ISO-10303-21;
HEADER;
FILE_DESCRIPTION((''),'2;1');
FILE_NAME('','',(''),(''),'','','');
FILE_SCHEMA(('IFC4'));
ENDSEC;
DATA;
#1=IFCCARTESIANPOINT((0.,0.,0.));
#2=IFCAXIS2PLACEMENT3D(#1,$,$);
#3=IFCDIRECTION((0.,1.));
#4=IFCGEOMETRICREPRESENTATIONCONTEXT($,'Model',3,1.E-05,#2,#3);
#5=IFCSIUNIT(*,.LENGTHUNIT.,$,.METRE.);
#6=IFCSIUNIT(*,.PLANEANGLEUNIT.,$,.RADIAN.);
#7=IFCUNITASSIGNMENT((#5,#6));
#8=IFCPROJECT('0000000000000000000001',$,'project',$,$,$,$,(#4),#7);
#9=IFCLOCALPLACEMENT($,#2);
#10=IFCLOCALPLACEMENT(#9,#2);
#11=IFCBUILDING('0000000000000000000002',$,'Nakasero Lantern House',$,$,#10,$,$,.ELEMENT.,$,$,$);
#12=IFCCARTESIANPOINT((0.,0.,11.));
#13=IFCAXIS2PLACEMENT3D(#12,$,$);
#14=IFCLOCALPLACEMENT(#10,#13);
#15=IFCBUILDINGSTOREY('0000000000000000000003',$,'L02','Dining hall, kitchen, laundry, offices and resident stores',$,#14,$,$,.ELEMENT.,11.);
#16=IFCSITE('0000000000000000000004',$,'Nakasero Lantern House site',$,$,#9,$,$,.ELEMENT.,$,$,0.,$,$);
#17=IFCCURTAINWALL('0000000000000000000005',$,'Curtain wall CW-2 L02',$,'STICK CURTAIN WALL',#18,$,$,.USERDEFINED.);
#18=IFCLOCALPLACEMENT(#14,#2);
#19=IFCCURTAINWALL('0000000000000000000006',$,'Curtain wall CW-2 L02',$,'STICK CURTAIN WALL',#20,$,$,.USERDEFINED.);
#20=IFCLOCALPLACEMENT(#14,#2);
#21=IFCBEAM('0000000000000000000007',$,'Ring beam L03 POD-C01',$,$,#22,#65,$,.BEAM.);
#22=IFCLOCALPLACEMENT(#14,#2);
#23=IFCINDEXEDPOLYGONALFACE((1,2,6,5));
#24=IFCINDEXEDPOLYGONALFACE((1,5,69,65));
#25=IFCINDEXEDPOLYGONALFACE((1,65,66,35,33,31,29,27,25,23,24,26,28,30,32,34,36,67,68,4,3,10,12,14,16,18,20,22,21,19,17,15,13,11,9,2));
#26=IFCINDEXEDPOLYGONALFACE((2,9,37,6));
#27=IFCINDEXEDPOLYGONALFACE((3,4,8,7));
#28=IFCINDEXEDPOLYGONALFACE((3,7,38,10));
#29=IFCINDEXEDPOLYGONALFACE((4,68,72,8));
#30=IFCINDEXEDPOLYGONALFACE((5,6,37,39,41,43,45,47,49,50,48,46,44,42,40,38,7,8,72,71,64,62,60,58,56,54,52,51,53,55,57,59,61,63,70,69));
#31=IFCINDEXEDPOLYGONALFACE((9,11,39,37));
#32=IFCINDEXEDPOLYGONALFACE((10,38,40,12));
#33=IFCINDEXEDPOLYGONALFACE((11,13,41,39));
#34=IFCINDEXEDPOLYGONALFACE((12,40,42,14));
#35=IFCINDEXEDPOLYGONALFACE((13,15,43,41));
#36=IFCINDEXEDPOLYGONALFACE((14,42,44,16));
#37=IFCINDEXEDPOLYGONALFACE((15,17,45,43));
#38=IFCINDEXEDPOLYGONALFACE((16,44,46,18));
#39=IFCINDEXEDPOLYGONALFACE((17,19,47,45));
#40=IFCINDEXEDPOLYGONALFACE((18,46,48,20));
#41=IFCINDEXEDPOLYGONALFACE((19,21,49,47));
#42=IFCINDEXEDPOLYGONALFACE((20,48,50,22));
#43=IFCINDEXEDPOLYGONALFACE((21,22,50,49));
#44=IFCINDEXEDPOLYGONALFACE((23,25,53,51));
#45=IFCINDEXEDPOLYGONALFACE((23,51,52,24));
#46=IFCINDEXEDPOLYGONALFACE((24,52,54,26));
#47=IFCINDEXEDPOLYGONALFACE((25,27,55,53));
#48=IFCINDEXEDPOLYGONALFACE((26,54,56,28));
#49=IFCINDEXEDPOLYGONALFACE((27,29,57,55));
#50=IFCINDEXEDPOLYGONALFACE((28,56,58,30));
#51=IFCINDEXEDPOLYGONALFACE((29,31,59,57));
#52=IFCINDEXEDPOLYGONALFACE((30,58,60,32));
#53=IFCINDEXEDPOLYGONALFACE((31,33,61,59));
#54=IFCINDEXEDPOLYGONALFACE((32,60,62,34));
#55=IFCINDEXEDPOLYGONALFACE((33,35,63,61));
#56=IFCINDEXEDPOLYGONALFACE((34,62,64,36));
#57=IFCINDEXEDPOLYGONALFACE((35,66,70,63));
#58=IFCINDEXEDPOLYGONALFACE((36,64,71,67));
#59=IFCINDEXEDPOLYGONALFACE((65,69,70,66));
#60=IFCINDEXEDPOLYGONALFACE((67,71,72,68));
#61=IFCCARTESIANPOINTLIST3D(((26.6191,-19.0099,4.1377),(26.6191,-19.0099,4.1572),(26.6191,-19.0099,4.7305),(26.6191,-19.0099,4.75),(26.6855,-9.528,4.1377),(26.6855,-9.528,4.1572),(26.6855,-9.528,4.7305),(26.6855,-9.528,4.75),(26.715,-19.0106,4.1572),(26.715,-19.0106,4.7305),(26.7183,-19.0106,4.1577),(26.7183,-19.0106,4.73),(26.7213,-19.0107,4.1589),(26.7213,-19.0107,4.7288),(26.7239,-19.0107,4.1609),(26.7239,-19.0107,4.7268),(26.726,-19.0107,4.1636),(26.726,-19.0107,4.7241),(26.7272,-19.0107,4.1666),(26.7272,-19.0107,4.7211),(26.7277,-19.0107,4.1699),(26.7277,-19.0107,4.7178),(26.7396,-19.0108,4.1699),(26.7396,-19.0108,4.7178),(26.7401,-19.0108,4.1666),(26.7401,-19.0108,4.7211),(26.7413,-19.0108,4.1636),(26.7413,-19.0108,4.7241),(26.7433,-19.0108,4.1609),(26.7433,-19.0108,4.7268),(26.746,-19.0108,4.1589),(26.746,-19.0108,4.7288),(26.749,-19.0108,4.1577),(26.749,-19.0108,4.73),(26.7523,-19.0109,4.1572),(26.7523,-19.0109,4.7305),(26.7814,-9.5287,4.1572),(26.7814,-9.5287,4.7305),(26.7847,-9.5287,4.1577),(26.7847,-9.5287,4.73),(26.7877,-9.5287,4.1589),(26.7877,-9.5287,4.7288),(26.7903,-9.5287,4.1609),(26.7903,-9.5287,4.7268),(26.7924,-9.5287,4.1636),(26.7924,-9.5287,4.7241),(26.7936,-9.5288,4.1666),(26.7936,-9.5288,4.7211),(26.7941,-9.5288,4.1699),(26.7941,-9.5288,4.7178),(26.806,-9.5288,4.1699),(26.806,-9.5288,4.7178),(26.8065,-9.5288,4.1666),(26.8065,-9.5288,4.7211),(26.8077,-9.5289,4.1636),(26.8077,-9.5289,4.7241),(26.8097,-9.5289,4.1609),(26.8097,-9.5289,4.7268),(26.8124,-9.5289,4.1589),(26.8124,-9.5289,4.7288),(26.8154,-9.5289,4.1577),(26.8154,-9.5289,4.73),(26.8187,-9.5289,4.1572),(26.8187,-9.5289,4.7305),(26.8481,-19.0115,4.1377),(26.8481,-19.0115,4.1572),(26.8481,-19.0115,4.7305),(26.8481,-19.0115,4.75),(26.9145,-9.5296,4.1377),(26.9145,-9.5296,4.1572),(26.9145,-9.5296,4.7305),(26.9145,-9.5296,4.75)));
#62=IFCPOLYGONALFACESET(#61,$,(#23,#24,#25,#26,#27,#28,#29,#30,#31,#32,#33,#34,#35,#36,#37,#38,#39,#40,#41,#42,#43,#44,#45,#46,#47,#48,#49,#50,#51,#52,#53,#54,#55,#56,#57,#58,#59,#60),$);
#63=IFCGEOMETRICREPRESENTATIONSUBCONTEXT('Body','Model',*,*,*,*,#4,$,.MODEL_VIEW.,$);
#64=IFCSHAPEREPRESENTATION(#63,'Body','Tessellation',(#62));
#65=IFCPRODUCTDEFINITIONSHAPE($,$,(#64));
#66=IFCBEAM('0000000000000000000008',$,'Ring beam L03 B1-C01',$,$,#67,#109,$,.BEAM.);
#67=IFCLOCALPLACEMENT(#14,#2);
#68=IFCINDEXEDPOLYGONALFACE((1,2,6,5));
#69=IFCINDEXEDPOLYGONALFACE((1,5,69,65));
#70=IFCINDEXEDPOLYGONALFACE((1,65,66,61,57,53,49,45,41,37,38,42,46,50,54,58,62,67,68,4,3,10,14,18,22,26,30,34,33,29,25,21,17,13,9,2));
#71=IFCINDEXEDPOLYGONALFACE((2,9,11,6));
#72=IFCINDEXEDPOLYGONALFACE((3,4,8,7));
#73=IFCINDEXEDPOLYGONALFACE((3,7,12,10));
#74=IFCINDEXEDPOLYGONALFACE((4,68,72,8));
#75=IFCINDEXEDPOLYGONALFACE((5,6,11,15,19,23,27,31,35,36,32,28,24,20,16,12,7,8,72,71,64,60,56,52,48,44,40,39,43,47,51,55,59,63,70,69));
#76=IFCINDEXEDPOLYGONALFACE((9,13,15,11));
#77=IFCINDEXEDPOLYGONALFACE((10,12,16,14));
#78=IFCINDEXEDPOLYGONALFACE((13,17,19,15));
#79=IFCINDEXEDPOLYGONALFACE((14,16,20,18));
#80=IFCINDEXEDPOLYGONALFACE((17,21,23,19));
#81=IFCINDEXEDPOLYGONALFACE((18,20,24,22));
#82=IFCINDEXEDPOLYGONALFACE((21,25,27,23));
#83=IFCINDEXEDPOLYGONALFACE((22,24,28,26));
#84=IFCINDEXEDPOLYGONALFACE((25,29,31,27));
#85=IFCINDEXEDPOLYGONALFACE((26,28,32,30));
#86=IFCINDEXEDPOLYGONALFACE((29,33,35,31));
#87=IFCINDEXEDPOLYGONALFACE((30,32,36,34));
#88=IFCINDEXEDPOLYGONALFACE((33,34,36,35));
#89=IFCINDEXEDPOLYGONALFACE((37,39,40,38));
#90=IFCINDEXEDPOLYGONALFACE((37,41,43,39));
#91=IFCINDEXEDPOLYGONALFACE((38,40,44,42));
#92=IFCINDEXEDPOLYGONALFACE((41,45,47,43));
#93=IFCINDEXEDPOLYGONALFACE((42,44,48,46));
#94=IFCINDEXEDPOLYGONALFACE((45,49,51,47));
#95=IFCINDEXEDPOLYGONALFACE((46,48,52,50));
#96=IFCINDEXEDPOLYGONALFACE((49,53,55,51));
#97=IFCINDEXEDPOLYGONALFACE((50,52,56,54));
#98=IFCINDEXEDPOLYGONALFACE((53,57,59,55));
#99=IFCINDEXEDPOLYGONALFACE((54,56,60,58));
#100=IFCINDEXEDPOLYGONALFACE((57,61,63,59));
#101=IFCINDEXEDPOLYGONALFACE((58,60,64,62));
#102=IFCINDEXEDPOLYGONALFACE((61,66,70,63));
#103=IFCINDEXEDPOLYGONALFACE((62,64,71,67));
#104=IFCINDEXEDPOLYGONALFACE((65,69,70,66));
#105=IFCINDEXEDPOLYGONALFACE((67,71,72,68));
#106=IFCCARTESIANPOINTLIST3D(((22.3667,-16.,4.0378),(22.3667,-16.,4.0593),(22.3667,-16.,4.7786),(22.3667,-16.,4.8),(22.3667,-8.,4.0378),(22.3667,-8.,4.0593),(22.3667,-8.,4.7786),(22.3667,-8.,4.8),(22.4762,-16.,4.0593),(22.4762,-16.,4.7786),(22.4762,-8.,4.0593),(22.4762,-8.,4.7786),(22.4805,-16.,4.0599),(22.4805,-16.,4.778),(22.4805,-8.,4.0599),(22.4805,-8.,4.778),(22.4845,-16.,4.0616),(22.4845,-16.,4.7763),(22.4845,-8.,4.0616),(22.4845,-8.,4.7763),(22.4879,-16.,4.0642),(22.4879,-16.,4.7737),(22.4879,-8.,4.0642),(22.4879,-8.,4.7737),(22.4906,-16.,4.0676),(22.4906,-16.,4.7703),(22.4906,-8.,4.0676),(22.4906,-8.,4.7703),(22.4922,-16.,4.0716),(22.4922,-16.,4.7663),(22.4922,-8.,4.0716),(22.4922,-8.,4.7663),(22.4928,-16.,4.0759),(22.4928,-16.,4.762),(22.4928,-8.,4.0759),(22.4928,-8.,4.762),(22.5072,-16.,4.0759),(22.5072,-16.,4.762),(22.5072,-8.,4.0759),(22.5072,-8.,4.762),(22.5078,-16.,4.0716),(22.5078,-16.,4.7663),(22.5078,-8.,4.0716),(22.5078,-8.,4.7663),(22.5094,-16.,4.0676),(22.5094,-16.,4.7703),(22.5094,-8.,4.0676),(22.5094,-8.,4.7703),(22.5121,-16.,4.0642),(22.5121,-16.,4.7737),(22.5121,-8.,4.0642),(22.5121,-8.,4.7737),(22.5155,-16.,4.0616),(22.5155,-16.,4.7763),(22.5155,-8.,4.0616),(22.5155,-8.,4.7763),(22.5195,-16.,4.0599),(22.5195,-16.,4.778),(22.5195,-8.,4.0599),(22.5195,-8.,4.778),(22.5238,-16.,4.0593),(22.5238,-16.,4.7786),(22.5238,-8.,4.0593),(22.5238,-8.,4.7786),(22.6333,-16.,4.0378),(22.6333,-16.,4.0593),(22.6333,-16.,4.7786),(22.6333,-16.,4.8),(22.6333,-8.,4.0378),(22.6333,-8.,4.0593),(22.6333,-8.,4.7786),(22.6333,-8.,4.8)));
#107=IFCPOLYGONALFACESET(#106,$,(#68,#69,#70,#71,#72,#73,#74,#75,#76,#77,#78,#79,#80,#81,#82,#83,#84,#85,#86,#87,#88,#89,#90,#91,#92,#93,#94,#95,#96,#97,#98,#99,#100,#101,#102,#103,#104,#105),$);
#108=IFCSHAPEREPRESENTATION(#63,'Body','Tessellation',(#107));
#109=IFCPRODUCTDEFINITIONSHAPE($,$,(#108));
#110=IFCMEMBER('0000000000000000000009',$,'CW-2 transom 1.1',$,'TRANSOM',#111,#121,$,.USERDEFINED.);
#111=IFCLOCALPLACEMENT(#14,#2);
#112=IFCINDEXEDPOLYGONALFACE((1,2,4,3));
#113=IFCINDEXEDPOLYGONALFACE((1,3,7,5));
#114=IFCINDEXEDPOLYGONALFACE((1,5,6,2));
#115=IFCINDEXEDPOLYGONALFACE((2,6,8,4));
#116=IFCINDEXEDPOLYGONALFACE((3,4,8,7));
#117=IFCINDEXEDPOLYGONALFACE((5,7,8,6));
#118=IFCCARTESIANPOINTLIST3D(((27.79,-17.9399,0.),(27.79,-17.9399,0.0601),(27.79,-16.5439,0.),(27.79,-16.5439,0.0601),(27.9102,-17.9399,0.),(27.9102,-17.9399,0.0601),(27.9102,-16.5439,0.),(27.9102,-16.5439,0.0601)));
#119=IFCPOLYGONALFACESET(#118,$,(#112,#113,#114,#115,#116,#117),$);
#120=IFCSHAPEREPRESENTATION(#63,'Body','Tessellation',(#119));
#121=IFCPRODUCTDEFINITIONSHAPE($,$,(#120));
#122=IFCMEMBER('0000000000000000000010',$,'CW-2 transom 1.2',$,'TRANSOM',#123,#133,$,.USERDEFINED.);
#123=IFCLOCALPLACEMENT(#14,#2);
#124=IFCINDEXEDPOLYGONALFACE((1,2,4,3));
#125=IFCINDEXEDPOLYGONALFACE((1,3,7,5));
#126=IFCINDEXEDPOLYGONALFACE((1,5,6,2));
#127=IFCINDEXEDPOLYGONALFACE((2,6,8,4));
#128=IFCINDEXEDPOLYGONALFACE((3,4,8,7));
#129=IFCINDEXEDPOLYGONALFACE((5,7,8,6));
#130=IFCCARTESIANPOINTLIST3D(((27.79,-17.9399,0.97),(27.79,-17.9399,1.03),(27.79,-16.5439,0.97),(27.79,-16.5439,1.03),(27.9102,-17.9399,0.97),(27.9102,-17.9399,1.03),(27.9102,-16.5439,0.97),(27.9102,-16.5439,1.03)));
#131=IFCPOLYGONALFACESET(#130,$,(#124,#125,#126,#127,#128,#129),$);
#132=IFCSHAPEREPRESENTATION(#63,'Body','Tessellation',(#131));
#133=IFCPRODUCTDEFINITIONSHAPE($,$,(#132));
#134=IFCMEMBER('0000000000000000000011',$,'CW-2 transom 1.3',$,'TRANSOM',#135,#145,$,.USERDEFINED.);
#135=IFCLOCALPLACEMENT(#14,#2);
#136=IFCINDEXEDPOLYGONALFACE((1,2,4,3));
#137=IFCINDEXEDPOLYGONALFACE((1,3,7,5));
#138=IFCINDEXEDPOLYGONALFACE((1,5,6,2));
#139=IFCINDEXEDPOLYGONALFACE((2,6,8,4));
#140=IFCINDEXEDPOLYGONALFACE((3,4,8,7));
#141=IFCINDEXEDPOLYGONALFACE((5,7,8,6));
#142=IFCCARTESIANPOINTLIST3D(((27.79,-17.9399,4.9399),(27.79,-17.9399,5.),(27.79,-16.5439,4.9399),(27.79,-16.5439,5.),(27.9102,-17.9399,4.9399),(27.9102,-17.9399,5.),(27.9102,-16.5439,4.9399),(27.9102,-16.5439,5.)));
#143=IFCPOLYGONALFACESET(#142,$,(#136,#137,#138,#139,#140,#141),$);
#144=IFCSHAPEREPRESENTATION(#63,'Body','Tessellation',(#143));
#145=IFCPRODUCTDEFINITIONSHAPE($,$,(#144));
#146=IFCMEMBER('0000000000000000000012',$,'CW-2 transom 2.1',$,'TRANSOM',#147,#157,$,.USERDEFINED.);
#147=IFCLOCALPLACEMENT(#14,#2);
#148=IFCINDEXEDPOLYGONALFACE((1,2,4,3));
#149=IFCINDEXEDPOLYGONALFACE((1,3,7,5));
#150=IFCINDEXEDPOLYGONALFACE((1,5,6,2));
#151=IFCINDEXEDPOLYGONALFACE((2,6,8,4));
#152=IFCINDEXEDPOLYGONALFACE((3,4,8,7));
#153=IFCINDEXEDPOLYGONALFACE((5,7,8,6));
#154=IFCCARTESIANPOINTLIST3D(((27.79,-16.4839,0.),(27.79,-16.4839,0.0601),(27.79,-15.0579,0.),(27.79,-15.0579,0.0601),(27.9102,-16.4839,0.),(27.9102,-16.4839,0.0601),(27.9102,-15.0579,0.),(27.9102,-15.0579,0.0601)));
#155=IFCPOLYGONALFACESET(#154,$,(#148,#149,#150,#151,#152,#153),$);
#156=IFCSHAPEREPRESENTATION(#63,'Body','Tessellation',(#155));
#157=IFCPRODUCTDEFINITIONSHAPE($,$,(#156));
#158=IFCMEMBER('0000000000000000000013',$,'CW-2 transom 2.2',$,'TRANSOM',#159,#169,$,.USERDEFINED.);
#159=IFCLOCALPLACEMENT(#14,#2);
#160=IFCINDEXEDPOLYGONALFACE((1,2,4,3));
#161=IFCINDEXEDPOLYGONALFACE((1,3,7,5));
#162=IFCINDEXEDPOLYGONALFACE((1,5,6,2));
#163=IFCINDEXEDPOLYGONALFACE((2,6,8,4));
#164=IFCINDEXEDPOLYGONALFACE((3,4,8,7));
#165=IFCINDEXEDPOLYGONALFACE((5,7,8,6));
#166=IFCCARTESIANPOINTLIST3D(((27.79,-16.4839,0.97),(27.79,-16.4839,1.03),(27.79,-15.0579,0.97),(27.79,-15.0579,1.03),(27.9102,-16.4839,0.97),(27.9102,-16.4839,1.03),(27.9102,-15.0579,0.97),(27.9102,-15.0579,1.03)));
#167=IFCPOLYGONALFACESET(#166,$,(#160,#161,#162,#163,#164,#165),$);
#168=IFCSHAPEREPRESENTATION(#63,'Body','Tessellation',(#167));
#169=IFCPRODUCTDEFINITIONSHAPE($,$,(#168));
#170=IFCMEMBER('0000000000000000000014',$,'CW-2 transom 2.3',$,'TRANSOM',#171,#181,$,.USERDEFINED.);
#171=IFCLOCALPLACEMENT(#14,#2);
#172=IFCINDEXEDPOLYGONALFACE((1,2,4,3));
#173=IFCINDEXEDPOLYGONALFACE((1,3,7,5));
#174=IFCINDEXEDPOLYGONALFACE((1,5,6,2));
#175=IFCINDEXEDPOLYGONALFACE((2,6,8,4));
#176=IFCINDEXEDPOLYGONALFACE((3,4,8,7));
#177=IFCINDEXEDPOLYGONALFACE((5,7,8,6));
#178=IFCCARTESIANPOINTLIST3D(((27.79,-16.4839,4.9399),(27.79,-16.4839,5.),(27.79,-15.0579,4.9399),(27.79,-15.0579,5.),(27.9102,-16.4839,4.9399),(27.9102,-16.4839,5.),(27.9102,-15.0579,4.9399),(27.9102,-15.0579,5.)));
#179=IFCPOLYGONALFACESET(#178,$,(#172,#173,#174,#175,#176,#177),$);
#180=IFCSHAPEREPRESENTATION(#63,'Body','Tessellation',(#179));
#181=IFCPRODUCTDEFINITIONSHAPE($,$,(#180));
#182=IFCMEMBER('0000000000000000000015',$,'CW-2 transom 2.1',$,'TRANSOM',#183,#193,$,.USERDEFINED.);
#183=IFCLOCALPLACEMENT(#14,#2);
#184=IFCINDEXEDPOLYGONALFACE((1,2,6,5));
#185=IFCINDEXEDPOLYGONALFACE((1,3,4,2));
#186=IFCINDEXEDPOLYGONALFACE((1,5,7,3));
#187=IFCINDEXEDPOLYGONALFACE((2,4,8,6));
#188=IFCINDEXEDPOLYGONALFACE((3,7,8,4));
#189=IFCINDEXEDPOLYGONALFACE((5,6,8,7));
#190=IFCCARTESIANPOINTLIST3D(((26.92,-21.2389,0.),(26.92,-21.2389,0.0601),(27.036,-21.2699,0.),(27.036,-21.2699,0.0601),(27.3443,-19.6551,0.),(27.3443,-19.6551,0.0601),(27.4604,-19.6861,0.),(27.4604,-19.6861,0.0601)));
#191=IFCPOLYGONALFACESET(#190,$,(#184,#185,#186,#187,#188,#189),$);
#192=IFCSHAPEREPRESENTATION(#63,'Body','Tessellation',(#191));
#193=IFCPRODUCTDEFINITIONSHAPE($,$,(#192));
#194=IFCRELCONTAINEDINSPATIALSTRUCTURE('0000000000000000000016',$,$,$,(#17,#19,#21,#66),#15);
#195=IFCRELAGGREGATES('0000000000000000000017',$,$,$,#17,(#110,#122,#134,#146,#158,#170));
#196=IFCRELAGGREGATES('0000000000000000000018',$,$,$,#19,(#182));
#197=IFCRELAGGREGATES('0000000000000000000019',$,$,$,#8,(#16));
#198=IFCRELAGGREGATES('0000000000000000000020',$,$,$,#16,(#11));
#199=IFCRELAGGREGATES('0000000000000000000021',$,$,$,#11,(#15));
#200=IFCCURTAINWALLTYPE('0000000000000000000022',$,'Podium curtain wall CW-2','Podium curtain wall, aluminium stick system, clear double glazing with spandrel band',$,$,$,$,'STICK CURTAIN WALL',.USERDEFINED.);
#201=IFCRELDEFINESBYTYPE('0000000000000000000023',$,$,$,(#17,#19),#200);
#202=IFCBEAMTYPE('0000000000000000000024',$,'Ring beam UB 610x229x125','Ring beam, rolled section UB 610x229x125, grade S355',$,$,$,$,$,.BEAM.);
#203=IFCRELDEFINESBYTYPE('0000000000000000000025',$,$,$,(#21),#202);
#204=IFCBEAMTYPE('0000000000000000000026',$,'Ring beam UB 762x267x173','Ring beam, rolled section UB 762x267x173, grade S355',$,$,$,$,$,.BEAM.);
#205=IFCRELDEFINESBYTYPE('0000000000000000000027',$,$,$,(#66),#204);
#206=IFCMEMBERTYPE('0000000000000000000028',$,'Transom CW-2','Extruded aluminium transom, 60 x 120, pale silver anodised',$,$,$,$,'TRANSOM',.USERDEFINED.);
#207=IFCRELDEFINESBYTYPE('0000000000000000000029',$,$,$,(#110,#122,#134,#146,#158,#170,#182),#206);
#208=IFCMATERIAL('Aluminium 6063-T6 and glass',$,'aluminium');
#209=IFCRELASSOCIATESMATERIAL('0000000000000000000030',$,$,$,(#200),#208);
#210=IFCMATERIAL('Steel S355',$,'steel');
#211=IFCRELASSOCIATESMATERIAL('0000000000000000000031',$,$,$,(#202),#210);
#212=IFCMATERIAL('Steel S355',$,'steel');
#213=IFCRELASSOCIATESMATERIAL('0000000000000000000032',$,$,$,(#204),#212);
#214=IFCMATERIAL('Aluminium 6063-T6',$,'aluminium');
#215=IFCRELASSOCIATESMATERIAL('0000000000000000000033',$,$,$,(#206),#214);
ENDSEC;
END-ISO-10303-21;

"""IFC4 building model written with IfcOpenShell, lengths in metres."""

from ifc_helpers import new_model, si_unit, direction, frame, origin, origin_2d, place, context, subcontext, project, spatial, rectangle, i_section, extrude, material, material_profile, profile_set, type_object, element, aggregate, save


model = new_model("IFC4")

# Units and contexts
model_context = context("Model", 3, precision=1e-05, world=origin(), true_north=direction((0.0, 1.0)))
body_context = subcontext(model_context, "Body", "Model", "MODEL_VIEW")
ifc_project = project(units=[si_unit("LENGTHUNIT", "METRE"), si_unit("PLANEANGLEUNIT", "RADIAN")], contexts=[model_context])

# Site, building, storey
site_placement = place(None, origin())
site = spatial("IfcSite", under=ifc_project, at=site_placement, Name="Nakasero Lantern House site", CompositionType="ELEMENT", RefElevation=0.0)
building_placement = place(site_placement, origin())
building = spatial("IfcBuilding", under=site, at=building_placement, Name="Nakasero Lantern House", CompositionType="ELEMENT")
storey_placement = place(building_placement, frame((0.0, 0.0, 11.0)))
storey = spatial("IfcBuildingStorey", under=building, at=storey_placement, Name="L02", Description="Dining hall, kitchen, laundry, offices and resident stores", CompositionType="ELEMENT", Elevation=11.0)

# Curtain walls
ifc_material_1 = material(Name="Aluminium 6063-T6 and glass", Category="aluminium")
curtain_wall_type = type_object("IfcCurtainWallType", Name="Podium curtain wall CW-2", Description="Podium curtain wall, aluminium stick system, clear double glazing with spandrel band", ElementType="STICK CURTAIN WALL", PredefinedType="USERDEFINED", material=ifc_material_1)
curtain_wall_1_placement = place(storey_placement, origin())
curtain_wall_1 = element("IfcCurtainWall", 1, at=curtain_wall_1_placement, inside=storey, type_object=curtain_wall_type, Name="Curtain wall CW-2 L02", ObjectType="STICK CURTAIN WALL", PredefinedType="USERDEFINED")
curtain_wall_2_placement = place(storey_placement, origin())
curtain_wall_2 = element("IfcCurtainWall", 2, at=curtain_wall_2_placement, inside=storey, type_object=curtain_wall_type, Name="Curtain wall CW-2 L02", ObjectType="STICK CURTAIN WALL", PredefinedType="USERDEFINED")

# Beams
ifc_material_2 = material(Name="Steel S355", Category="steel")
ifc_material_profile_1 = material_profile(ifc_material_2, i_section(OverallWidth=0.229, OverallDepth=0.6123, WebThickness=0.012, FlangeThickness=0.0195, FilletRadius=0.0127, at=origin_2d()), Name="UB 610x229x125")
ifc_profile_set_1 = profile_set([ifc_material_profile_1], Name="Steel S355")
beam_type_1 = type_object("IfcBeamType", Name="Ring beam UB 610x229x125", Description="Ring beam, rolled section UB 610x229x125, grade S355", PredefinedType="BEAM", material=ifc_profile_set_1)
beam_1_placement = place(storey_placement, frame((26.7336, -19.0107, 4.4438), z_axis=(0.007003, 0.999975, 0.0), x_axis=(-0.999975, 0.007003, 0.0)))
element("IfcBeam", 3, at=beam_1_placement, inside=storey, type_object=beam_type_1, Name="Ring beam L03 POD-C01", PredefinedType="BEAM", context=body_context, shape_type="SweptSolid", body=[
    extrude(i_section(OverallWidth=0.229, OverallDepth=0.6123, WebThickness=0.012, FlangeThickness=0.0195, FilletRadius=0.0127, at=origin_2d()), origin(), (0.0, 0.0, 1.0), 9.4822),
])
ifc_material_3 = material(Name="Steel S355", Category="steel")
ifc_material_profile_2 = material_profile(ifc_material_3, i_section(OverallWidth=0.2666, OverallDepth=0.7622, WebThickness=0.0144, FlangeThickness=0.0215, FilletRadius=0.0166, at=origin_2d()), Name="UB 762x267x173")
ifc_profile_set_2 = profile_set([ifc_material_profile_2], Name="Steel S355")
beam_type_2 = type_object("IfcBeamType", Name="Ring beam UB 762x267x173", Description="Ring beam, rolled section UB 762x267x173, grade S355", PredefinedType="BEAM", material=ifc_profile_set_2)
beam_2_placement = place(storey_placement, frame((22.5, -16.0, 4.4189), z_axis=(0.0, 1.0, 0.0), x_axis=(-1.0, 0.0, 0.0)))
element("IfcBeam", 4, at=beam_2_placement, inside=storey, type_object=beam_type_2, Name="Ring beam L03 B1-C01", PredefinedType="BEAM", context=body_context, shape_type="SweptSolid", body=[
    extrude(i_section(OverallWidth=0.2666, OverallDepth=0.7622, WebThickness=0.0144, FlangeThickness=0.0215, FilletRadius=0.0166, at=origin_2d()), origin(), (0.0, 0.0, 1.0), 8.0),
])

# Members
ifc_material_4 = material(Name="Aluminium 6063-T6", Category="aluminium")
ifc_material_profile_3 = material_profile(ifc_material_4, rectangle(XDim=0.0601, YDim=0.1201, at=origin_2d()), Name="CW-2 transom 60x120")
ifc_profile_set_3 = profile_set([ifc_material_profile_3], Name="Aluminium 6063-T6")
member_type_1 = type_object("IfcMemberType", Name="Transom CW-2", Description="Extruded aluminium transom, 60 x 120, pale silver anodised", ElementType="TRANSOM", PredefinedType="USERDEFINED", material=ifc_profile_set_3)
member_1_placement = place(storey_placement, frame((27.8501, -17.9399, 0.03), z_axis=(0.0, 1.0, 0.0), x_axis=(0.0, 0.0, 1.0)))
member_1 = element("IfcMember", 5, at=member_1_placement, type_object=member_type_1, Name="CW-2 transom 1.1", ObjectType="TRANSOM", PredefinedType="USERDEFINED", context=body_context, shape_type="SweptSolid", body=[
    extrude(rectangle(XDim=0.0601, YDim=0.1201, at=origin_2d()), origin(), (0.0, 0.0, 1.0), 1.396),
])
member_2_placement = place(storey_placement, frame((27.8501, -17.9399, 1.0), z_axis=(0.0, 1.0, 0.0), x_axis=(0.0, 0.0, 1.0)))
member_2 = element("IfcMember", 6, at=member_2_placement, type_object=member_type_1, Name="CW-2 transom 1.2", ObjectType="TRANSOM", PredefinedType="USERDEFINED", context=body_context, shape_type="SweptSolid", body=[
    extrude(rectangle(XDim=0.0601, YDim=0.1201, at=origin_2d()), origin(), (0.0, 0.0, 1.0), 1.396),
])
member_3_placement = place(storey_placement, frame((27.8501, -17.9399, 4.97), z_axis=(0.0, 1.0, 0.0), x_axis=(0.0, 0.0, 1.0)))
member_3 = element("IfcMember", 7, at=member_3_placement, type_object=member_type_1, Name="CW-2 transom 1.3", ObjectType="TRANSOM", PredefinedType="USERDEFINED", context=body_context, shape_type="SweptSolid", body=[
    extrude(rectangle(XDim=0.0601, YDim=0.1201, at=origin_2d()), origin(), (0.0, 0.0, 1.0), 1.396),
])
member_4_placement = place(storey_placement, frame((27.8501, -16.4839, 0.03), z_axis=(0.0, 1.0, 0.0), x_axis=(0.0, 0.0, 1.0)))
member_4 = element("IfcMember", 8, at=member_4_placement, type_object=member_type_1, Name="CW-2 transom 2.1", ObjectType="TRANSOM", PredefinedType="USERDEFINED", context=body_context, shape_type="SweptSolid", body=[
    extrude(rectangle(XDim=0.0601, YDim=0.1201, at=origin_2d()), origin(), (0.0, 0.0, 1.0), 1.426),
])
member_5_placement = place(storey_placement, frame((27.8501, -16.4839, 1.0), z_axis=(0.0, 1.0, 0.0), x_axis=(0.0, 0.0, 1.0)))
member_5 = element("IfcMember", 9, at=member_5_placement, type_object=member_type_1, Name="CW-2 transom 2.2", ObjectType="TRANSOM", PredefinedType="USERDEFINED", context=body_context, shape_type="SweptSolid", body=[
    extrude(rectangle(XDim=0.0601, YDim=0.1201, at=origin_2d()), origin(), (0.0, 0.0, 1.0), 1.426),
])
member_6_placement = place(storey_placement, frame((27.8501, -16.4839, 4.97), z_axis=(0.0, 1.0, 0.0), x_axis=(0.0, 0.0, 1.0)))
member_6 = element("IfcMember", 10, at=member_6_placement, type_object=member_type_1, Name="CW-2 transom 2.3", ObjectType="TRANSOM", PredefinedType="USERDEFINED", context=body_context, shape_type="SweptSolid", body=[
    extrude(rectangle(XDim=0.0601, YDim=0.1201, at=origin_2d()), origin(), (0.0, 0.0, 1.0), 1.426),
])
member_7_placement = place(storey_placement, frame((26.978, -21.2544, 0.03), z_axis=(0.258793, 0.965933, 0.0), x_axis=(0.0, 0.0, 1.0)))
member_7 = element("IfcMember", 11, at=member_7_placement, type_object=member_type_1, Name="CW-2 transom 2.1", ObjectType="TRANSOM", PredefinedType="USERDEFINED", context=body_context, shape_type="SweptSolid", body=[
    extrude(rectangle(XDim=0.0601, YDim=0.1201, at=origin_2d()), origin(), (0.0, 0.0, 1.0), 1.6396),
])

aggregate(curtain_wall_1, [member_1, member_2, member_3, member_4, member_5, member_6])
aggregate(curtain_wall_2, [member_7])

save(model, "model.ifc")
